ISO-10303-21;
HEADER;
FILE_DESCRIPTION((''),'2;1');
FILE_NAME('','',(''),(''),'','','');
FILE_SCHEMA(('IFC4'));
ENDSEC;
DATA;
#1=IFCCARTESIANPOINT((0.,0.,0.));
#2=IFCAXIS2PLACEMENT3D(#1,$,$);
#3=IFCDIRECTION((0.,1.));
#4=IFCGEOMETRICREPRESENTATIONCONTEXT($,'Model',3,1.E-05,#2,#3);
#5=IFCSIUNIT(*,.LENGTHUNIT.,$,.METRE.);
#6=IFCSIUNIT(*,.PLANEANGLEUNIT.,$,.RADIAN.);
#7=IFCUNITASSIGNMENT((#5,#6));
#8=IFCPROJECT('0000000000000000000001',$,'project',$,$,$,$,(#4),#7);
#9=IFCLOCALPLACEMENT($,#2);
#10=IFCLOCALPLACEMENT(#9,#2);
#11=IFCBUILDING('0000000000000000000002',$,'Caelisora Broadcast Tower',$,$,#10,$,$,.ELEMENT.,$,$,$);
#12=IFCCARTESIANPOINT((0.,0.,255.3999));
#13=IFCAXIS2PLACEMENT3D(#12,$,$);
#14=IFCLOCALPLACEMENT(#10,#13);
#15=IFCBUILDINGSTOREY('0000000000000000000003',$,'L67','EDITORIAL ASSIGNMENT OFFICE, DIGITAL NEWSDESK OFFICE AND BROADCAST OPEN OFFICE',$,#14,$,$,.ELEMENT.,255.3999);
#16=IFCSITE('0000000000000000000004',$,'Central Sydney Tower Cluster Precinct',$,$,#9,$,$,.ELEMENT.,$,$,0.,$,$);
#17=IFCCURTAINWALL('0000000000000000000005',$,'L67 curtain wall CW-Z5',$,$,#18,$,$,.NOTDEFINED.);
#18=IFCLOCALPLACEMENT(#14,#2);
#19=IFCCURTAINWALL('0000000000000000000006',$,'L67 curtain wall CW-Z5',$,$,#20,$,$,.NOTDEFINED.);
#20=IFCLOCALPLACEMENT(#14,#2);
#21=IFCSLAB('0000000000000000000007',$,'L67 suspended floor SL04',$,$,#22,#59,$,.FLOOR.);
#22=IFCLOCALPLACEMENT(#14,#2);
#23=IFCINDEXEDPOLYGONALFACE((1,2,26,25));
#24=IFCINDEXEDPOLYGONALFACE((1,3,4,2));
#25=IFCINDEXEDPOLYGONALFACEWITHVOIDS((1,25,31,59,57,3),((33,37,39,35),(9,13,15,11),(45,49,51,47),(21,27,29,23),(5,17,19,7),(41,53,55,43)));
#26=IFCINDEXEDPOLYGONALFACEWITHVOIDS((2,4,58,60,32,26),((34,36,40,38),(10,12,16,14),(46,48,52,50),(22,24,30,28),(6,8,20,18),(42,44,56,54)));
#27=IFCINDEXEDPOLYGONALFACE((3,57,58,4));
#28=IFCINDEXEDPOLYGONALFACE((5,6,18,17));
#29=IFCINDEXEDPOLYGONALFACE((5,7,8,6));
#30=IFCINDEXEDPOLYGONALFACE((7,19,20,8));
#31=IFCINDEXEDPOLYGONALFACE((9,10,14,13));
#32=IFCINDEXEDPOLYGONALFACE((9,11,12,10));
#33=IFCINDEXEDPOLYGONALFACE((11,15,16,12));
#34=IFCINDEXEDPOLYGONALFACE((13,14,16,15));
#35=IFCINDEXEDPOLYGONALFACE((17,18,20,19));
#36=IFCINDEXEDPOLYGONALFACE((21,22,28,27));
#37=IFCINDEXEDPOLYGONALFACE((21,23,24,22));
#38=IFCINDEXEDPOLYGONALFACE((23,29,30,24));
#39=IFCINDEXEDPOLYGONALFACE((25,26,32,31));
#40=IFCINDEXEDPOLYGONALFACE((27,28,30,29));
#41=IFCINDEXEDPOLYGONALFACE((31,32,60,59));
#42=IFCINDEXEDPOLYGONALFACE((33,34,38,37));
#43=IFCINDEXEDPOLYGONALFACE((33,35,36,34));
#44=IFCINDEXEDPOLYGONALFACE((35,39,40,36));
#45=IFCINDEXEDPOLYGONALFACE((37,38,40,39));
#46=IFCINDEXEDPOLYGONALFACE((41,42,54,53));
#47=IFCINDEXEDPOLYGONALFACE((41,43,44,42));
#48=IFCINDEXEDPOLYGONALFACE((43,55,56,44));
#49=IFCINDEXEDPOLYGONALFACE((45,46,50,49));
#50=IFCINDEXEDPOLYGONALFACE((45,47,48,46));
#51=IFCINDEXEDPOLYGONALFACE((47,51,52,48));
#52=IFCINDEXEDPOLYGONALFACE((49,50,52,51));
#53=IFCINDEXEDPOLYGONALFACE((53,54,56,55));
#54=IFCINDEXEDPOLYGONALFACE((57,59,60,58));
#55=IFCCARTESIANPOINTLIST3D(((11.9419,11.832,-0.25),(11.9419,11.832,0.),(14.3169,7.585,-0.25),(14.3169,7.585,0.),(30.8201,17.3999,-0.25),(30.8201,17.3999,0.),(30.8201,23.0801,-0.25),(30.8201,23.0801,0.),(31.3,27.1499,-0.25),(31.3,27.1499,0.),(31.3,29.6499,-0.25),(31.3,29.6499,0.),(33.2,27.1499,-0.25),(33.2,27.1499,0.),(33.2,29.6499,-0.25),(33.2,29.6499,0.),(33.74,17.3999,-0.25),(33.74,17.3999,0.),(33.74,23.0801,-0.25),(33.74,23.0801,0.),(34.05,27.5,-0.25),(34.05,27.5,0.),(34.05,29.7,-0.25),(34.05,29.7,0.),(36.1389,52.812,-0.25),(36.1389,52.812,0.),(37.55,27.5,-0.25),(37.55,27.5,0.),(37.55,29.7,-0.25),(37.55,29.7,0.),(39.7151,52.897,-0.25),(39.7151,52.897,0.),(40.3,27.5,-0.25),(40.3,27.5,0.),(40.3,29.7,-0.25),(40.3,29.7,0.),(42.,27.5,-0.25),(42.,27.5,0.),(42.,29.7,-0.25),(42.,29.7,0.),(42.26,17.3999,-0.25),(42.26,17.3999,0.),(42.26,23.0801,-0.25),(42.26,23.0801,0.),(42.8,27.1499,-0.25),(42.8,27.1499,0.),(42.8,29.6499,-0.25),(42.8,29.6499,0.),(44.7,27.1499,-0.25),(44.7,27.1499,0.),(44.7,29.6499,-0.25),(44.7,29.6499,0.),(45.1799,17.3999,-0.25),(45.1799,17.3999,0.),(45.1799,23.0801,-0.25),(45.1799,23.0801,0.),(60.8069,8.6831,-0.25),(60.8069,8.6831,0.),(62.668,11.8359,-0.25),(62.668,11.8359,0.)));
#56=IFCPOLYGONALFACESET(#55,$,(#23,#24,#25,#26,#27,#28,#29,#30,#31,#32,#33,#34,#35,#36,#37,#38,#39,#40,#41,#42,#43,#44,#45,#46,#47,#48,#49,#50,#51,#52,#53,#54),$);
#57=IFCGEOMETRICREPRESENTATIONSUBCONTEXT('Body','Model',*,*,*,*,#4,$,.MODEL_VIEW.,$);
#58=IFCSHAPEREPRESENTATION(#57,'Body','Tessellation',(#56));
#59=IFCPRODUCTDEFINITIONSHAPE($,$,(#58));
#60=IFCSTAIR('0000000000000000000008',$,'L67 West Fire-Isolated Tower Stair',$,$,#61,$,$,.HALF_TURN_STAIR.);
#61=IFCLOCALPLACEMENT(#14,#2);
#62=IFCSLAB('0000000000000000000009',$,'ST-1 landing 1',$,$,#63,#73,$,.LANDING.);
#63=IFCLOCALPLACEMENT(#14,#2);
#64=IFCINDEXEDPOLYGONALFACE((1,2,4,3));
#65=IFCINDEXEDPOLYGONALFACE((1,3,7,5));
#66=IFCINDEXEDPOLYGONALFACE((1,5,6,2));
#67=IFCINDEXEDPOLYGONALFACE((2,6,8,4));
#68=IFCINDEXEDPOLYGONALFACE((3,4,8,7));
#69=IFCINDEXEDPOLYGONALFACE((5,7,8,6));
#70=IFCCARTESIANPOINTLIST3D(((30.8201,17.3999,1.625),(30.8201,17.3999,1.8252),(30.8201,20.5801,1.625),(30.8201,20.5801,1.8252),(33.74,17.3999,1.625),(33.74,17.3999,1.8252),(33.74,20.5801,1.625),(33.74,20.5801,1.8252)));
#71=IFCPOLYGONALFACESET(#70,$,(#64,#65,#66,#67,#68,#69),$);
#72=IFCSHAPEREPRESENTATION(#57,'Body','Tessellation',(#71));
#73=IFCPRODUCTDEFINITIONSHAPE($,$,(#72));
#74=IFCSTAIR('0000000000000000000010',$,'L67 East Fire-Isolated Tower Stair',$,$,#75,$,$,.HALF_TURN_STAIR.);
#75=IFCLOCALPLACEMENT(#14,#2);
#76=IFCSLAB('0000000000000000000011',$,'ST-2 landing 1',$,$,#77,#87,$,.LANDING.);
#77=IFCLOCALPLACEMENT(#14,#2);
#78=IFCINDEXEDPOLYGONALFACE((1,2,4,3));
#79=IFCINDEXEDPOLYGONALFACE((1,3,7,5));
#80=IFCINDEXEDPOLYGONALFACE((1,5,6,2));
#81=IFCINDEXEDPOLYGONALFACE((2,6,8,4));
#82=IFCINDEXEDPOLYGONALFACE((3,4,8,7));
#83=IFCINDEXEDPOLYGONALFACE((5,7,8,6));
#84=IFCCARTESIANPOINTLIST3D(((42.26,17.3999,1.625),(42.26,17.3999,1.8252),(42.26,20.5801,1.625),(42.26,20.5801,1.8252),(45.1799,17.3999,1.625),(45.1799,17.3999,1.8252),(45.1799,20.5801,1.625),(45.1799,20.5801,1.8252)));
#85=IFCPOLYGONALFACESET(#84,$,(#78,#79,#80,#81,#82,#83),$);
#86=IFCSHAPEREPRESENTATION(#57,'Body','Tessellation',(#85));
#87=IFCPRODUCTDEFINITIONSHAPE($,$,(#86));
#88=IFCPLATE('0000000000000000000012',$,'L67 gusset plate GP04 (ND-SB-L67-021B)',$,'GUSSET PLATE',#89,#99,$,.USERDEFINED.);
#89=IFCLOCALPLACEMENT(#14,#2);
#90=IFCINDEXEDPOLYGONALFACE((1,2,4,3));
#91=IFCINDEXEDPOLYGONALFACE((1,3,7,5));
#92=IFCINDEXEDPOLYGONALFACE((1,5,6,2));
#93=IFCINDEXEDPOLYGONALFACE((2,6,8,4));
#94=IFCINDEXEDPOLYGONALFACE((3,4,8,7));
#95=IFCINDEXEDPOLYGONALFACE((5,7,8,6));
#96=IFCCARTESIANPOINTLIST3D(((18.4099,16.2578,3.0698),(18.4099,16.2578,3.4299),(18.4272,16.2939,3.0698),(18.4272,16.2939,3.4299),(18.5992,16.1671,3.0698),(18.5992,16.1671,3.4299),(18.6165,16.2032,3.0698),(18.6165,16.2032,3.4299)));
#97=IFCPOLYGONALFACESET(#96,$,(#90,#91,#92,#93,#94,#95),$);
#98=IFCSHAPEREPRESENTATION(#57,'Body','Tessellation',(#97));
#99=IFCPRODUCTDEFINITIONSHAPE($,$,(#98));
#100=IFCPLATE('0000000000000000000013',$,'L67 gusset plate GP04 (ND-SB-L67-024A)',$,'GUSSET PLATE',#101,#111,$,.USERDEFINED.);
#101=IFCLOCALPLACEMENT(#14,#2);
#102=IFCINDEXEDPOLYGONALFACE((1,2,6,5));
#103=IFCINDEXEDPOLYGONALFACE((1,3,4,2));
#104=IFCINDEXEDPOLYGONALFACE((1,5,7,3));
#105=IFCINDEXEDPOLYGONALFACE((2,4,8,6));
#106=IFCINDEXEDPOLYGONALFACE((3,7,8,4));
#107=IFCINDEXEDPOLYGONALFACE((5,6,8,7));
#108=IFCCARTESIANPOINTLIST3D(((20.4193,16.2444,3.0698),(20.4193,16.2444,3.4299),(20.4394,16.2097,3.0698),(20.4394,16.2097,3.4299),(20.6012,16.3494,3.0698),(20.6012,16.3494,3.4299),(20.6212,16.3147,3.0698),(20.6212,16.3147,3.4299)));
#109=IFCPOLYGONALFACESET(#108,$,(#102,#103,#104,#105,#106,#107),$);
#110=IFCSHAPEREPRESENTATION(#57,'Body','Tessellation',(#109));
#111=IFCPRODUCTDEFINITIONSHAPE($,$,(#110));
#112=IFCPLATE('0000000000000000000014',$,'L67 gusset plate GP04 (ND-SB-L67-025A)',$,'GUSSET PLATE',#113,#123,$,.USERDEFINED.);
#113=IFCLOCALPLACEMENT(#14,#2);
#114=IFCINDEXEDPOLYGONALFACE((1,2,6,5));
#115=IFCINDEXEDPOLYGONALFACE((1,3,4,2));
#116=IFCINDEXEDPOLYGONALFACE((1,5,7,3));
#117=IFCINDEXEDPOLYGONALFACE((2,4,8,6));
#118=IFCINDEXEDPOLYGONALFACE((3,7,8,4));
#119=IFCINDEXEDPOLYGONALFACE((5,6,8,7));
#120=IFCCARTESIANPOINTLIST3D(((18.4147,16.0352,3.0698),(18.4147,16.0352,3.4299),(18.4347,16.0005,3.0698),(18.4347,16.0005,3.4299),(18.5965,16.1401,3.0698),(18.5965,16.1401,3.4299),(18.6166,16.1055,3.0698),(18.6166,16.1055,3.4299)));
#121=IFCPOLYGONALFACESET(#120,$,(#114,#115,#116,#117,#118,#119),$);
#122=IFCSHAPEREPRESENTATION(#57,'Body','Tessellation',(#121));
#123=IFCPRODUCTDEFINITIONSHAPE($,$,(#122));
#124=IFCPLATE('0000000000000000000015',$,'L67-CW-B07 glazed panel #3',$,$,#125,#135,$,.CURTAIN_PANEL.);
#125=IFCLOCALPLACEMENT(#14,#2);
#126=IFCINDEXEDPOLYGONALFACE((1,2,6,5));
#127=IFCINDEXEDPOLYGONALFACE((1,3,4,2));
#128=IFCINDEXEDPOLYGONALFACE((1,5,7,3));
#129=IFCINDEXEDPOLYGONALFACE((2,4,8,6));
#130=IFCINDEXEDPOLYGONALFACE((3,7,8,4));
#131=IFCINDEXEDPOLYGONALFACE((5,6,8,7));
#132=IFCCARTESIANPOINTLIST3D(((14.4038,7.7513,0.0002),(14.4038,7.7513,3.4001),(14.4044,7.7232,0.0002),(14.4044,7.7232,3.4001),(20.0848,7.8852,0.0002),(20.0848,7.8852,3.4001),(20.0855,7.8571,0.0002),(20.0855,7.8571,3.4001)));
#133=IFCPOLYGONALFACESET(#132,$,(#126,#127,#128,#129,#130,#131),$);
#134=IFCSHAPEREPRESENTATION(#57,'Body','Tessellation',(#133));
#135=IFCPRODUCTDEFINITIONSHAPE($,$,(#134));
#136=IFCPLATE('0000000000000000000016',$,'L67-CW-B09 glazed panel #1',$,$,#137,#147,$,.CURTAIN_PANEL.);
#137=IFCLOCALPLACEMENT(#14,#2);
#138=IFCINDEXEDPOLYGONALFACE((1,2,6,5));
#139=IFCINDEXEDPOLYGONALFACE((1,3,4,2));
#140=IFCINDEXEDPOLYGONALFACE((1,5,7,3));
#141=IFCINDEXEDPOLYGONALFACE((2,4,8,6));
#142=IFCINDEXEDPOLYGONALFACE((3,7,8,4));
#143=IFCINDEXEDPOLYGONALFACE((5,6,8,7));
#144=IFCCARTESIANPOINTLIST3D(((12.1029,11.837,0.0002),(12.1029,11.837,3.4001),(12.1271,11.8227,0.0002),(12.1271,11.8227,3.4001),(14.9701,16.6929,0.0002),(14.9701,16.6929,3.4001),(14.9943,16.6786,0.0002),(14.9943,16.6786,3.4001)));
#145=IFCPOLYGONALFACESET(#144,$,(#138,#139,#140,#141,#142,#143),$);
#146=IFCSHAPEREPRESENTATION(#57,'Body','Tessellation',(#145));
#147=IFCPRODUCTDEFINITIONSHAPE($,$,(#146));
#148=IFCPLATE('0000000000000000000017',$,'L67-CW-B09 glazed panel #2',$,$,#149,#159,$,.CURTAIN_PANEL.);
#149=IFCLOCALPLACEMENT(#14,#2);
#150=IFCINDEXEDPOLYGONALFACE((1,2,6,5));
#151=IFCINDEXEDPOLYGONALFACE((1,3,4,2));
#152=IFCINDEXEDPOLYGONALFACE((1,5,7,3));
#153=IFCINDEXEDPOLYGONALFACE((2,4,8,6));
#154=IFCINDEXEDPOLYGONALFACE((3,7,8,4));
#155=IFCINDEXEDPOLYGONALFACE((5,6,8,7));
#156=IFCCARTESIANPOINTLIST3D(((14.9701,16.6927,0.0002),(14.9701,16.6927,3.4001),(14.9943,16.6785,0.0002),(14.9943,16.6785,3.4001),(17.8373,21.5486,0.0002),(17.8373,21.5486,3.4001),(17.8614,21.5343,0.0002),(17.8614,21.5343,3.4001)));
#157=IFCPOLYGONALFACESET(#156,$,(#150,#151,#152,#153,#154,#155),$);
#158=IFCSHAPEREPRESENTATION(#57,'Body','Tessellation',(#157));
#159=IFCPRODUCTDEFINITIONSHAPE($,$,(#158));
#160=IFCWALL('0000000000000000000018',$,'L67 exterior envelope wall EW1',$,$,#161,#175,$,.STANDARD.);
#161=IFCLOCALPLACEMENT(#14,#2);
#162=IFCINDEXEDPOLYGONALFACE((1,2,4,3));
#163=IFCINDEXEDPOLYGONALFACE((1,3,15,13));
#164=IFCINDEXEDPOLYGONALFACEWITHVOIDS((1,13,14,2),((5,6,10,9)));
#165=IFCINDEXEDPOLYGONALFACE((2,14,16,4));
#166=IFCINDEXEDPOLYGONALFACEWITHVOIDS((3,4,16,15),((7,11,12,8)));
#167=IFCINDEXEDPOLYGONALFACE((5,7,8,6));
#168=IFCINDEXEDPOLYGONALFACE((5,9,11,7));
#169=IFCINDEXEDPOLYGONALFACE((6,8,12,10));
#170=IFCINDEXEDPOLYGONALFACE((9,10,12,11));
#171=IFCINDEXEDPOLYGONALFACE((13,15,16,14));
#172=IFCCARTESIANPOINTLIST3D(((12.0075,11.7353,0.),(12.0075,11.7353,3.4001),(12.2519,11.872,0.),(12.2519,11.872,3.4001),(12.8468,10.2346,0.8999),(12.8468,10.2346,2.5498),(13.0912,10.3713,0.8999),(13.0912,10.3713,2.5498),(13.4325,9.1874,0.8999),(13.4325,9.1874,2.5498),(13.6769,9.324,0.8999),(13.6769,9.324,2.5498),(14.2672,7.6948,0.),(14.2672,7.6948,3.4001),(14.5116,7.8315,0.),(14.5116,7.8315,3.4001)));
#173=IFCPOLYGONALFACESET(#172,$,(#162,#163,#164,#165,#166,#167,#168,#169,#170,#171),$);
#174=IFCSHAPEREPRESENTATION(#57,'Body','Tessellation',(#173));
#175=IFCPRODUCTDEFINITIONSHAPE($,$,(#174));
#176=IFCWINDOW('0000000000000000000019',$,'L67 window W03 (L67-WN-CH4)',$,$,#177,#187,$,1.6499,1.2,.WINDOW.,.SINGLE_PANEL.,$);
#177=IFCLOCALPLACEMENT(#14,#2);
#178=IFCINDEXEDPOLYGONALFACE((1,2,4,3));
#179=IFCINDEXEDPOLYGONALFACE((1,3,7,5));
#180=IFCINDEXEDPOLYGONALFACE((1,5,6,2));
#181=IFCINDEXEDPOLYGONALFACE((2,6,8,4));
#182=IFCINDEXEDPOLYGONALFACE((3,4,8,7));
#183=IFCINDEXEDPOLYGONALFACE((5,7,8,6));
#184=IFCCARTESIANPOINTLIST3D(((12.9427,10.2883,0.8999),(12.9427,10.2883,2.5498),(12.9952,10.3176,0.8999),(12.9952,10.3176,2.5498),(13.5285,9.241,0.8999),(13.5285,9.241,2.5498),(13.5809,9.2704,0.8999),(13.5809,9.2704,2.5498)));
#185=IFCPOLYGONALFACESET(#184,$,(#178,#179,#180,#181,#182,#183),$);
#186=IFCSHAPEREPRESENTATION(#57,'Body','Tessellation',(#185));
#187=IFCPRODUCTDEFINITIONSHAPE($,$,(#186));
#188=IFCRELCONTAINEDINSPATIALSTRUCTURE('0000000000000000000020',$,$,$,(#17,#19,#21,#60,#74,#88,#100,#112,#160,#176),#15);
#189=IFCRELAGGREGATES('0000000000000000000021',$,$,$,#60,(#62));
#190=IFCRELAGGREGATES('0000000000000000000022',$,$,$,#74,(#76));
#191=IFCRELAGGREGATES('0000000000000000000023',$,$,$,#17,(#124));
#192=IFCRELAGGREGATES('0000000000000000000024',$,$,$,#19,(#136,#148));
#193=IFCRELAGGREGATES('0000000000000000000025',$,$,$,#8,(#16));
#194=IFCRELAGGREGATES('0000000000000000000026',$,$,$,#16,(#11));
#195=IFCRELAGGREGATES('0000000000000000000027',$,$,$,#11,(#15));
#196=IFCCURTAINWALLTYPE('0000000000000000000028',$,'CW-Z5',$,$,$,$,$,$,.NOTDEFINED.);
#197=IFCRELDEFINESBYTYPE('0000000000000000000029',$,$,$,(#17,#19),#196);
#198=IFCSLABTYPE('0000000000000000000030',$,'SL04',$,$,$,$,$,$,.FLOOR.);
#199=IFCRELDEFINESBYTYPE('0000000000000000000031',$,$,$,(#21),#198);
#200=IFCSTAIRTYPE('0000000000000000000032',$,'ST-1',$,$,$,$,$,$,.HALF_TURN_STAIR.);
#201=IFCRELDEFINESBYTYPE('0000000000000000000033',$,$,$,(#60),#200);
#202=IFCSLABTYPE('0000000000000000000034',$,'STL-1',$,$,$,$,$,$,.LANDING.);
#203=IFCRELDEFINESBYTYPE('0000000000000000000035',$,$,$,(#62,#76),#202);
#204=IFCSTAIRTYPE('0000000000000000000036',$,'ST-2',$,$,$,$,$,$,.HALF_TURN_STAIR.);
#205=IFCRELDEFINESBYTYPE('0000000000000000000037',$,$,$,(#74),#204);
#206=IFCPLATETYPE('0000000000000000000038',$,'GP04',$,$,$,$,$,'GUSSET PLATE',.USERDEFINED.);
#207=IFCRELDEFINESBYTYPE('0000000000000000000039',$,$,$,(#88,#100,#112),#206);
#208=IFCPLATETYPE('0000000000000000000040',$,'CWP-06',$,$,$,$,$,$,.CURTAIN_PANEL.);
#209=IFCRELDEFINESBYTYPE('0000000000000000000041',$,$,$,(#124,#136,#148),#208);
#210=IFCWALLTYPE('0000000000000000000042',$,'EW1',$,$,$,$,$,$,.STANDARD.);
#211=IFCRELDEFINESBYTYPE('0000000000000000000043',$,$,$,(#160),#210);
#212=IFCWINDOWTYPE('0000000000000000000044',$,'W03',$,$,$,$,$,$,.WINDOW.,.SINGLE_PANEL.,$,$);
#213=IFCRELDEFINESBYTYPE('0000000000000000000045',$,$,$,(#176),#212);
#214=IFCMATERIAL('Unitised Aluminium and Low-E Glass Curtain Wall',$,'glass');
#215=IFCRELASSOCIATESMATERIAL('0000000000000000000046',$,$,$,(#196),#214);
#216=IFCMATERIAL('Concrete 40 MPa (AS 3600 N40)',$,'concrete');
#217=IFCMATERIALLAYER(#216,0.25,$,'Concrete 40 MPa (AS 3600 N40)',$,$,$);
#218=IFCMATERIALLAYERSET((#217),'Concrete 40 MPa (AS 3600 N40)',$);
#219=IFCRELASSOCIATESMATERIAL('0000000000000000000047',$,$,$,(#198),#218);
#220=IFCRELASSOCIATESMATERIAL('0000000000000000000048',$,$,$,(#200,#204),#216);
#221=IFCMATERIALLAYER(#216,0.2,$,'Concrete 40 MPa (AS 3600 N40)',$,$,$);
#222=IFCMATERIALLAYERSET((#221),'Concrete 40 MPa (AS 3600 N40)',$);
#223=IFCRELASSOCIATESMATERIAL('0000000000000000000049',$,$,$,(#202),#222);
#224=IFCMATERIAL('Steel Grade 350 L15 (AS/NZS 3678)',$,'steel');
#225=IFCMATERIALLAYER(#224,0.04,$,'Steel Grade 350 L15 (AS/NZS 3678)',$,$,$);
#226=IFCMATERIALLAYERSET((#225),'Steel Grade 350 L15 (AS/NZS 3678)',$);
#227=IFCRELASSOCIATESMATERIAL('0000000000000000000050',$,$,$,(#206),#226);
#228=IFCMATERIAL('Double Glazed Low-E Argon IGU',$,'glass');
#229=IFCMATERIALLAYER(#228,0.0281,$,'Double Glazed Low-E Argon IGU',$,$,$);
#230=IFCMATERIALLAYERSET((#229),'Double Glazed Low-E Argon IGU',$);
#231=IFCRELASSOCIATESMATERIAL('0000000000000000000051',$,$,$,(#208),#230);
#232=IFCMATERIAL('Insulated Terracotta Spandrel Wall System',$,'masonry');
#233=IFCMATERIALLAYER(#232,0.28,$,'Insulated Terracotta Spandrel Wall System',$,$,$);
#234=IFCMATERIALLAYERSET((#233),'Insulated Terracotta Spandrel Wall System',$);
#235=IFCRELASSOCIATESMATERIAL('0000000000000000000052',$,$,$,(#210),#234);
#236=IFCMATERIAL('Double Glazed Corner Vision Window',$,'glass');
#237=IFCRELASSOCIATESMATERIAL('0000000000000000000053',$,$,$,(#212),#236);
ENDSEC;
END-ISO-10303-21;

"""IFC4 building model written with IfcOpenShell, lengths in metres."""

from ifc_helpers import new_model, si_unit, direction, frame, frame_2d, origin, origin_2d, place, context, subcontext, project, spatial, polyline, rectangle, outline, extrude, source, transform, mapped, material, layer, layer_set, type_object, type_shapes, element, fill, aggregate, save


model = new_model("IFC4")

# Units and contexts
model_context = context("Model", 3, precision=1e-05, world=origin(), true_north=direction((0.0, 1.0)))
body_context = subcontext(model_context, "Body", "Model", "MODEL_VIEW")
ifc_project = project(units=[si_unit("LENGTHUNIT", "METRE"), si_unit("PLANEANGLEUNIT", "RADIAN")], contexts=[model_context])

# Site, building, storey
site_placement = place(None, origin())
site = spatial("IfcSite", under=ifc_project, at=site_placement, Name="Central Sydney Tower Cluster Precinct", CompositionType="ELEMENT", RefElevation=0.0)
building_placement = place(site_placement, origin())
building = spatial("IfcBuilding", under=site, at=building_placement, Name="Caelisora Broadcast Tower", CompositionType="ELEMENT")
storey_placement = place(building_placement, frame((0.0, 0.0, 255.3999)))
storey = spatial("IfcBuildingStorey", under=building, at=storey_placement, Name="L67", Description="EDITORIAL ASSIGNMENT OFFICE, DIGITAL NEWSDESK OFFICE AND BROADCAST OPEN OFFICE", CompositionType="ELEMENT", Elevation=255.3999)

# Shared definitions
ifc_material_1 = material(Name="Steel Grade 350 L15 (AS/NZS 3678)", Category="steel")

# Curtain walls
ifc_material_2 = material(Name="Unitised Aluminium and Low-E Glass Curtain Wall", Category="glass")
curtain_wall_type = type_object("IfcCurtainWallType", Name="CW-Z5", PredefinedType="NOTDEFINED", material=ifc_material_2)
curtain_wall_1_placement = place(storey_placement, origin())
curtain_wall_1 = element("IfcCurtainWall", 1, at=curtain_wall_1_placement, inside=storey, type_object=curtain_wall_type, Name="L67 curtain wall CW-Z5", PredefinedType="NOTDEFINED")
curtain_wall_2_placement = place(storey_placement, origin())
curtain_wall_2 = element("IfcCurtainWall", 2, at=curtain_wall_2_placement, inside=storey, type_object=curtain_wall_type, Name="L67 curtain wall CW-Z5", PredefinedType="NOTDEFINED")

# Slab
ifc_material_3 = material(Name="Concrete 40 MPa (AS 3600 N40)", Category="concrete")
ifc_layer_1 = layer(ifc_material_3, 0.25, Name="Concrete 40 MPa (AS 3600 N40)")
ifc_layer_set_1 = layer_set([ifc_layer_1], Name="Concrete 40 MPa (AS 3600 N40)")
slab_type_1 = type_object("IfcSlabType", Name="SL04", PredefinedType="FLOOR", material=ifc_layer_set_1)
slab_1_placement = place(storey_placement, frame((0.0, 0.0, -0.25)))
element("IfcSlab", 3, at=slab_1_placement, inside=storey, type_object=slab_type_1, Name="L67 suspended floor SL04", PredefinedType="FLOOR", context=body_context, shape_type="SweptSolid", body=[
    extrude(outline(polyline([(39.7151, 52.897), (36.1389, 52.812), (11.9419, 11.832), (14.3169, 7.585), (60.8069, 8.6831), (62.668, 11.8359), (39.7151, 52.897)]), holes=[polyline([(30.8201, 17.3999), (33.74, 17.3999), (33.74, 23.0801), (30.8201, 23.0801), (30.8201, 17.3999)]), polyline([(42.26, 17.3999), (45.1799, 17.3999), (45.1799, 23.0801), (42.26, 23.0801), (42.26, 17.3999)]), polyline([(42.8, 27.1499), (44.7, 27.1499), (44.7, 29.6499), (42.8, 29.6499), (42.8, 27.1499)]), polyline([(40.3, 27.5), (42.0, 27.5), (42.0, 29.7), (40.3, 29.7), (40.3, 27.5)]), polyline([(34.05, 27.5), (37.55, 27.5), (37.55, 29.7), (34.05, 29.7), (34.05, 27.5)]), polyline([(31.3, 27.1499), (33.2, 27.1499), (33.2, 29.6499), (31.3, 29.6499), (31.3, 27.1499)])]), origin(), (0.0, 0.0, 1.0), 0.25),
])

# Stairs, slabs
stair_type_1 = type_object("IfcStairType", Name="ST-1", PredefinedType="HALF_TURN_STAIR", material=ifc_material_3)
stair_1_placement = place(storey_placement, origin())
stair_1 = element("IfcStair", 4, at=stair_1_placement, inside=storey, type_object=stair_type_1, Name="L67 West Fire-Isolated Tower Stair", PredefinedType="HALF_TURN_STAIR")
ifc_layer_2 = layer(ifc_material_3, 0.2, Name="Concrete 40 MPa (AS 3600 N40)")
ifc_layer_set_2 = layer_set([ifc_layer_2], Name="Concrete 40 MPa (AS 3600 N40)")
slab_type_2 = type_object("IfcSlabType", Name="STL-1", PredefinedType="LANDING", material=ifc_layer_set_2)
slab_2_placement = place(storey_placement, frame((0.0, 0.0, 1.625)))
slab_2 = element("IfcSlab", 5, at=slab_2_placement, type_object=slab_type_2, Name="ST-1 landing 1", PredefinedType="LANDING", context=body_context, shape_type="SweptSolid", body=[
    extrude(outline(polyline([(30.8201, 20.5801), (30.8201, 17.3999), (33.74, 17.3999), (33.74, 20.5801), (30.8201, 20.5801)])), origin(), (0.0, 0.0, 1.0), 0.2002),
])
aggregate(stair_1, [slab_2])
stair_type_2 = type_object("IfcStairType", Name="ST-2", PredefinedType="HALF_TURN_STAIR", material=ifc_material_3)
stair_2_placement = place(storey_placement, origin())
stair_2 = element("IfcStair", 6, at=stair_2_placement, inside=storey, type_object=stair_type_2, Name="L67 East Fire-Isolated Tower Stair", PredefinedType="HALF_TURN_STAIR")
slab_3_placement = place(storey_placement, frame((0.0, 0.0, 1.625)))
slab_3 = element("IfcSlab", 7, at=slab_3_placement, type_object=slab_type_2, Name="ST-2 landing 1", PredefinedType="LANDING", context=body_context, shape_type="SweptSolid", body=[
    extrude(outline(polyline([(42.26, 20.5801), (42.26, 17.3999), (45.1799, 17.3999), (45.1799, 20.5801), (42.26, 20.5801)])), origin(), (0.0, 0.0, 1.0), 0.2002),
])
aggregate(stair_2, [slab_3])

# Plates
ifc_layer_3 = layer(ifc_material_1, 0.04, Name="Steel Grade 350 L15 (AS/NZS 3678)")
ifc_layer_set_3 = layer_set([ifc_layer_3], Name="Steel Grade 350 L15 (AS/NZS 3678)")
plate_type_1 = type_object("IfcPlateType", Name="GP04", ElementType="GUSSET PLATE", PredefinedType="USERDEFINED", material=ifc_layer_set_3)
shared_shape_1 = source(origin(), body_context, "Body", "SweptSolid", [
    extrude(rectangle(XDim=0.21, YDim=0.04, at=origin_2d()), origin(), (0.0, 0.0, 1.0), 0.3601),
])
type_shapes(plate_type_1, [shared_shape_1])
for number, where, z_axis, x_axis, name in (
    (8, (18.5132, 16.2305, 3.0698), (0.0, 0.0, 1.0), (0.901833, -0.432086, 0.0), "L67 gusset plate GP04 (ND-SB-L67-021B)"),
    (9, (20.5203, 16.2795, 3.0698), (0.0, 0.0, 1.0), (0.866025, 0.5, 0.0), "L67 gusset plate GP04 (ND-SB-L67-024A)"),
    (10, (18.5156, 16.0703, 3.0698), (0.0, 0.0, 1.0), (0.866025, 0.5, 0.0), "L67 gusset plate GP04 (ND-SB-L67-025A)"),
):
    element("IfcPlate", number, at=place(storey_placement, frame(where, z_axis=z_axis, x_axis=x_axis)), inside=storey, type_object=plate_type_1, Name=name, ObjectType="GUSSET PLATE", PredefinedType="USERDEFINED", context=body_context, shape_type="MappedRepresentation", body=[
        mapped(shared_shape_1, transform((0.0, 0.0, 0.0), scale=1.0)),
    ])

# Plates
ifc_material_4 = material(Name="Double Glazed Low-E Argon IGU", Category="glass")
ifc_layer_4 = layer(ifc_material_4, 0.0281, Name="Double Glazed Low-E Argon IGU")
ifc_layer_set_4 = layer_set([ifc_layer_4], Name="Double Glazed Low-E Argon IGU")
plate_type_2 = type_object("IfcPlateType", Name="CWP-06", PredefinedType="CURTAIN_PANEL", material=ifc_layer_set_4)
shared_shape_2 = source(origin(), body_context, "Body", "SweptSolid", [
    extrude(rectangle(XDim=5.6826, YDim=0.0281, at=origin_2d()), origin(), (0.0, 0.0, 1.0), 3.3999),
])
plate_1_placement = place(storey_placement, frame((17.2446, 7.8042, 0.0002), z_axis=(0.0, 0.0, 1.0), x_axis=(-0.999722, -0.02356, 0.0)))
plate_1 = element("IfcPlate", 11, at=plate_1_placement, type_object=plate_type_2, Name="L67-CW-B07 glazed panel #3", PredefinedType="CURTAIN_PANEL", context=body_context, shape_type="MappedRepresentation", body=[
    mapped(shared_shape_2, transform((0.0, 0.0, 0.0), scale=1.0)),
])
aggregate(curtain_wall_1, [plate_1])
shared_shape_3 = source(origin(), body_context, "Body", "SweptSolid", [
    extrude(rectangle(XDim=5.6392, YDim=0.0281, at=origin_2d()), origin(), (0.0, 0.0, 1.0), 3.3999),
])
type_shapes(plate_type_2, [shared_shape_2, shared_shape_3])
plate_2_placement = place(storey_placement, frame((13.5486, 14.2578, 0.0002), z_axis=(0.0, 0.0, 1.0), x_axis=(0.50844, 0.861097, 0.0)))
plate_2 = element("IfcPlate", 12, at=plate_2_placement, type_object=plate_type_2, Name="L67-CW-B09 glazed panel #1", PredefinedType="CURTAIN_PANEL", context=body_context, shape_type="MappedRepresentation", body=[
    mapped(shared_shape_3, transform((0.0, 0.0, 0.0), scale=1.0)),
])
plate_3_placement = place(storey_placement, frame((16.4158, 19.1135, 0.0002), z_axis=(0.0, 0.0, 1.0), x_axis=(0.50844, 0.861097, 0.0)))
plate_3 = element("IfcPlate", 13, at=plate_3_placement, type_object=plate_type_2, Name="L67-CW-B09 glazed panel #2", PredefinedType="CURTAIN_PANEL", context=body_context, shape_type="MappedRepresentation", body=[
    mapped(shared_shape_3, transform((0.0, 0.0, 0.0), scale=1.0)),
])
aggregate(curtain_wall_2, [plate_2, plate_3])

# Wall, opening, window
ifc_material_5 = material(Name="Insulated Terracotta Spandrel Wall System", Category="masonry")
ifc_layer_5 = layer(ifc_material_5, 0.28, Name="Insulated Terracotta Spandrel Wall System")
ifc_layer_set_5 = layer_set([ifc_layer_5], Name="Insulated Terracotta Spandrel Wall System")
wall_type_1 = type_object("IfcWallType", Name="EW1", PredefinedType="STANDARD", material=ifc_layer_set_5)
wall_1_placement = place(storey_placement, frame((14.3894, 7.7632, 0.0), z_axis=(0.0, 0.0, 1.0), x_axis=(-0.488122, 0.872776, 0.0)))
wall_1 = element("IfcWall", 14, at=wall_1_placement, inside=storey, type_object=wall_type_1, Name="L67 exterior envelope wall EW1", PredefinedType="STANDARD", context=body_context, shape_type="SweptSolid", body=[
    extrude(rectangle(XDim=4.6294, YDim=0.28, at=frame_2d((2.3147, 0.0))), origin(), (0.0, 0.0, 1.0), 3.4001),
])
opening_1_placement = place(wall_1_placement, frame((1.71, 0.0, 0.8999)))
opening_1 = element("IfcOpeningElement", 15, at=opening_1_placement, cuts=wall_1, PredefinedType="OPENING", context=body_context, shape_type="SweptSolid", body=[
    extrude(rectangle(XDim=1.2, YDim=1.6499, at=frame_2d((0.6001, 0.825))), frame((0.0, 0.1521, 0.0), z_axis=(0.0, -1.0, 0.0), x_axis=(1.0, 0.0, 0.0)), (0.0, 0.0, 1.0), 0.304),
])
ifc_material_6 = material(Name="Double Glazed Corner Vision Window", Category="glass")
window_type = type_object("IfcWindowType", Name="W03", PartitioningType="SINGLE_PANEL", PredefinedType="WINDOW", material=ifc_material_6)
window_placement = place(opening_1_placement, origin())
window = element("IfcWindow", 16, at=window_placement, inside=storey, type_object=window_type, Name="L67 window W03 (L67-WN-CH4)", OverallHeight=1.6499, OverallWidth=1.2, PartitioningType="SINGLE_PANEL", PredefinedType="WINDOW", context=body_context, shape_type="SweptSolid", body=[
    extrude(rectangle(XDim=1.2, YDim=1.6499, at=frame_2d((0.6001, 0.825))), frame((0.0, 0.03, 0.0), z_axis=(0.0, -1.0, 0.0), x_axis=(1.0, 0.0, 0.0)), (0.0, 0.0, 1.0), 0.0601),
])
fill(opening_1, window)

save(model, "model.ifc")
